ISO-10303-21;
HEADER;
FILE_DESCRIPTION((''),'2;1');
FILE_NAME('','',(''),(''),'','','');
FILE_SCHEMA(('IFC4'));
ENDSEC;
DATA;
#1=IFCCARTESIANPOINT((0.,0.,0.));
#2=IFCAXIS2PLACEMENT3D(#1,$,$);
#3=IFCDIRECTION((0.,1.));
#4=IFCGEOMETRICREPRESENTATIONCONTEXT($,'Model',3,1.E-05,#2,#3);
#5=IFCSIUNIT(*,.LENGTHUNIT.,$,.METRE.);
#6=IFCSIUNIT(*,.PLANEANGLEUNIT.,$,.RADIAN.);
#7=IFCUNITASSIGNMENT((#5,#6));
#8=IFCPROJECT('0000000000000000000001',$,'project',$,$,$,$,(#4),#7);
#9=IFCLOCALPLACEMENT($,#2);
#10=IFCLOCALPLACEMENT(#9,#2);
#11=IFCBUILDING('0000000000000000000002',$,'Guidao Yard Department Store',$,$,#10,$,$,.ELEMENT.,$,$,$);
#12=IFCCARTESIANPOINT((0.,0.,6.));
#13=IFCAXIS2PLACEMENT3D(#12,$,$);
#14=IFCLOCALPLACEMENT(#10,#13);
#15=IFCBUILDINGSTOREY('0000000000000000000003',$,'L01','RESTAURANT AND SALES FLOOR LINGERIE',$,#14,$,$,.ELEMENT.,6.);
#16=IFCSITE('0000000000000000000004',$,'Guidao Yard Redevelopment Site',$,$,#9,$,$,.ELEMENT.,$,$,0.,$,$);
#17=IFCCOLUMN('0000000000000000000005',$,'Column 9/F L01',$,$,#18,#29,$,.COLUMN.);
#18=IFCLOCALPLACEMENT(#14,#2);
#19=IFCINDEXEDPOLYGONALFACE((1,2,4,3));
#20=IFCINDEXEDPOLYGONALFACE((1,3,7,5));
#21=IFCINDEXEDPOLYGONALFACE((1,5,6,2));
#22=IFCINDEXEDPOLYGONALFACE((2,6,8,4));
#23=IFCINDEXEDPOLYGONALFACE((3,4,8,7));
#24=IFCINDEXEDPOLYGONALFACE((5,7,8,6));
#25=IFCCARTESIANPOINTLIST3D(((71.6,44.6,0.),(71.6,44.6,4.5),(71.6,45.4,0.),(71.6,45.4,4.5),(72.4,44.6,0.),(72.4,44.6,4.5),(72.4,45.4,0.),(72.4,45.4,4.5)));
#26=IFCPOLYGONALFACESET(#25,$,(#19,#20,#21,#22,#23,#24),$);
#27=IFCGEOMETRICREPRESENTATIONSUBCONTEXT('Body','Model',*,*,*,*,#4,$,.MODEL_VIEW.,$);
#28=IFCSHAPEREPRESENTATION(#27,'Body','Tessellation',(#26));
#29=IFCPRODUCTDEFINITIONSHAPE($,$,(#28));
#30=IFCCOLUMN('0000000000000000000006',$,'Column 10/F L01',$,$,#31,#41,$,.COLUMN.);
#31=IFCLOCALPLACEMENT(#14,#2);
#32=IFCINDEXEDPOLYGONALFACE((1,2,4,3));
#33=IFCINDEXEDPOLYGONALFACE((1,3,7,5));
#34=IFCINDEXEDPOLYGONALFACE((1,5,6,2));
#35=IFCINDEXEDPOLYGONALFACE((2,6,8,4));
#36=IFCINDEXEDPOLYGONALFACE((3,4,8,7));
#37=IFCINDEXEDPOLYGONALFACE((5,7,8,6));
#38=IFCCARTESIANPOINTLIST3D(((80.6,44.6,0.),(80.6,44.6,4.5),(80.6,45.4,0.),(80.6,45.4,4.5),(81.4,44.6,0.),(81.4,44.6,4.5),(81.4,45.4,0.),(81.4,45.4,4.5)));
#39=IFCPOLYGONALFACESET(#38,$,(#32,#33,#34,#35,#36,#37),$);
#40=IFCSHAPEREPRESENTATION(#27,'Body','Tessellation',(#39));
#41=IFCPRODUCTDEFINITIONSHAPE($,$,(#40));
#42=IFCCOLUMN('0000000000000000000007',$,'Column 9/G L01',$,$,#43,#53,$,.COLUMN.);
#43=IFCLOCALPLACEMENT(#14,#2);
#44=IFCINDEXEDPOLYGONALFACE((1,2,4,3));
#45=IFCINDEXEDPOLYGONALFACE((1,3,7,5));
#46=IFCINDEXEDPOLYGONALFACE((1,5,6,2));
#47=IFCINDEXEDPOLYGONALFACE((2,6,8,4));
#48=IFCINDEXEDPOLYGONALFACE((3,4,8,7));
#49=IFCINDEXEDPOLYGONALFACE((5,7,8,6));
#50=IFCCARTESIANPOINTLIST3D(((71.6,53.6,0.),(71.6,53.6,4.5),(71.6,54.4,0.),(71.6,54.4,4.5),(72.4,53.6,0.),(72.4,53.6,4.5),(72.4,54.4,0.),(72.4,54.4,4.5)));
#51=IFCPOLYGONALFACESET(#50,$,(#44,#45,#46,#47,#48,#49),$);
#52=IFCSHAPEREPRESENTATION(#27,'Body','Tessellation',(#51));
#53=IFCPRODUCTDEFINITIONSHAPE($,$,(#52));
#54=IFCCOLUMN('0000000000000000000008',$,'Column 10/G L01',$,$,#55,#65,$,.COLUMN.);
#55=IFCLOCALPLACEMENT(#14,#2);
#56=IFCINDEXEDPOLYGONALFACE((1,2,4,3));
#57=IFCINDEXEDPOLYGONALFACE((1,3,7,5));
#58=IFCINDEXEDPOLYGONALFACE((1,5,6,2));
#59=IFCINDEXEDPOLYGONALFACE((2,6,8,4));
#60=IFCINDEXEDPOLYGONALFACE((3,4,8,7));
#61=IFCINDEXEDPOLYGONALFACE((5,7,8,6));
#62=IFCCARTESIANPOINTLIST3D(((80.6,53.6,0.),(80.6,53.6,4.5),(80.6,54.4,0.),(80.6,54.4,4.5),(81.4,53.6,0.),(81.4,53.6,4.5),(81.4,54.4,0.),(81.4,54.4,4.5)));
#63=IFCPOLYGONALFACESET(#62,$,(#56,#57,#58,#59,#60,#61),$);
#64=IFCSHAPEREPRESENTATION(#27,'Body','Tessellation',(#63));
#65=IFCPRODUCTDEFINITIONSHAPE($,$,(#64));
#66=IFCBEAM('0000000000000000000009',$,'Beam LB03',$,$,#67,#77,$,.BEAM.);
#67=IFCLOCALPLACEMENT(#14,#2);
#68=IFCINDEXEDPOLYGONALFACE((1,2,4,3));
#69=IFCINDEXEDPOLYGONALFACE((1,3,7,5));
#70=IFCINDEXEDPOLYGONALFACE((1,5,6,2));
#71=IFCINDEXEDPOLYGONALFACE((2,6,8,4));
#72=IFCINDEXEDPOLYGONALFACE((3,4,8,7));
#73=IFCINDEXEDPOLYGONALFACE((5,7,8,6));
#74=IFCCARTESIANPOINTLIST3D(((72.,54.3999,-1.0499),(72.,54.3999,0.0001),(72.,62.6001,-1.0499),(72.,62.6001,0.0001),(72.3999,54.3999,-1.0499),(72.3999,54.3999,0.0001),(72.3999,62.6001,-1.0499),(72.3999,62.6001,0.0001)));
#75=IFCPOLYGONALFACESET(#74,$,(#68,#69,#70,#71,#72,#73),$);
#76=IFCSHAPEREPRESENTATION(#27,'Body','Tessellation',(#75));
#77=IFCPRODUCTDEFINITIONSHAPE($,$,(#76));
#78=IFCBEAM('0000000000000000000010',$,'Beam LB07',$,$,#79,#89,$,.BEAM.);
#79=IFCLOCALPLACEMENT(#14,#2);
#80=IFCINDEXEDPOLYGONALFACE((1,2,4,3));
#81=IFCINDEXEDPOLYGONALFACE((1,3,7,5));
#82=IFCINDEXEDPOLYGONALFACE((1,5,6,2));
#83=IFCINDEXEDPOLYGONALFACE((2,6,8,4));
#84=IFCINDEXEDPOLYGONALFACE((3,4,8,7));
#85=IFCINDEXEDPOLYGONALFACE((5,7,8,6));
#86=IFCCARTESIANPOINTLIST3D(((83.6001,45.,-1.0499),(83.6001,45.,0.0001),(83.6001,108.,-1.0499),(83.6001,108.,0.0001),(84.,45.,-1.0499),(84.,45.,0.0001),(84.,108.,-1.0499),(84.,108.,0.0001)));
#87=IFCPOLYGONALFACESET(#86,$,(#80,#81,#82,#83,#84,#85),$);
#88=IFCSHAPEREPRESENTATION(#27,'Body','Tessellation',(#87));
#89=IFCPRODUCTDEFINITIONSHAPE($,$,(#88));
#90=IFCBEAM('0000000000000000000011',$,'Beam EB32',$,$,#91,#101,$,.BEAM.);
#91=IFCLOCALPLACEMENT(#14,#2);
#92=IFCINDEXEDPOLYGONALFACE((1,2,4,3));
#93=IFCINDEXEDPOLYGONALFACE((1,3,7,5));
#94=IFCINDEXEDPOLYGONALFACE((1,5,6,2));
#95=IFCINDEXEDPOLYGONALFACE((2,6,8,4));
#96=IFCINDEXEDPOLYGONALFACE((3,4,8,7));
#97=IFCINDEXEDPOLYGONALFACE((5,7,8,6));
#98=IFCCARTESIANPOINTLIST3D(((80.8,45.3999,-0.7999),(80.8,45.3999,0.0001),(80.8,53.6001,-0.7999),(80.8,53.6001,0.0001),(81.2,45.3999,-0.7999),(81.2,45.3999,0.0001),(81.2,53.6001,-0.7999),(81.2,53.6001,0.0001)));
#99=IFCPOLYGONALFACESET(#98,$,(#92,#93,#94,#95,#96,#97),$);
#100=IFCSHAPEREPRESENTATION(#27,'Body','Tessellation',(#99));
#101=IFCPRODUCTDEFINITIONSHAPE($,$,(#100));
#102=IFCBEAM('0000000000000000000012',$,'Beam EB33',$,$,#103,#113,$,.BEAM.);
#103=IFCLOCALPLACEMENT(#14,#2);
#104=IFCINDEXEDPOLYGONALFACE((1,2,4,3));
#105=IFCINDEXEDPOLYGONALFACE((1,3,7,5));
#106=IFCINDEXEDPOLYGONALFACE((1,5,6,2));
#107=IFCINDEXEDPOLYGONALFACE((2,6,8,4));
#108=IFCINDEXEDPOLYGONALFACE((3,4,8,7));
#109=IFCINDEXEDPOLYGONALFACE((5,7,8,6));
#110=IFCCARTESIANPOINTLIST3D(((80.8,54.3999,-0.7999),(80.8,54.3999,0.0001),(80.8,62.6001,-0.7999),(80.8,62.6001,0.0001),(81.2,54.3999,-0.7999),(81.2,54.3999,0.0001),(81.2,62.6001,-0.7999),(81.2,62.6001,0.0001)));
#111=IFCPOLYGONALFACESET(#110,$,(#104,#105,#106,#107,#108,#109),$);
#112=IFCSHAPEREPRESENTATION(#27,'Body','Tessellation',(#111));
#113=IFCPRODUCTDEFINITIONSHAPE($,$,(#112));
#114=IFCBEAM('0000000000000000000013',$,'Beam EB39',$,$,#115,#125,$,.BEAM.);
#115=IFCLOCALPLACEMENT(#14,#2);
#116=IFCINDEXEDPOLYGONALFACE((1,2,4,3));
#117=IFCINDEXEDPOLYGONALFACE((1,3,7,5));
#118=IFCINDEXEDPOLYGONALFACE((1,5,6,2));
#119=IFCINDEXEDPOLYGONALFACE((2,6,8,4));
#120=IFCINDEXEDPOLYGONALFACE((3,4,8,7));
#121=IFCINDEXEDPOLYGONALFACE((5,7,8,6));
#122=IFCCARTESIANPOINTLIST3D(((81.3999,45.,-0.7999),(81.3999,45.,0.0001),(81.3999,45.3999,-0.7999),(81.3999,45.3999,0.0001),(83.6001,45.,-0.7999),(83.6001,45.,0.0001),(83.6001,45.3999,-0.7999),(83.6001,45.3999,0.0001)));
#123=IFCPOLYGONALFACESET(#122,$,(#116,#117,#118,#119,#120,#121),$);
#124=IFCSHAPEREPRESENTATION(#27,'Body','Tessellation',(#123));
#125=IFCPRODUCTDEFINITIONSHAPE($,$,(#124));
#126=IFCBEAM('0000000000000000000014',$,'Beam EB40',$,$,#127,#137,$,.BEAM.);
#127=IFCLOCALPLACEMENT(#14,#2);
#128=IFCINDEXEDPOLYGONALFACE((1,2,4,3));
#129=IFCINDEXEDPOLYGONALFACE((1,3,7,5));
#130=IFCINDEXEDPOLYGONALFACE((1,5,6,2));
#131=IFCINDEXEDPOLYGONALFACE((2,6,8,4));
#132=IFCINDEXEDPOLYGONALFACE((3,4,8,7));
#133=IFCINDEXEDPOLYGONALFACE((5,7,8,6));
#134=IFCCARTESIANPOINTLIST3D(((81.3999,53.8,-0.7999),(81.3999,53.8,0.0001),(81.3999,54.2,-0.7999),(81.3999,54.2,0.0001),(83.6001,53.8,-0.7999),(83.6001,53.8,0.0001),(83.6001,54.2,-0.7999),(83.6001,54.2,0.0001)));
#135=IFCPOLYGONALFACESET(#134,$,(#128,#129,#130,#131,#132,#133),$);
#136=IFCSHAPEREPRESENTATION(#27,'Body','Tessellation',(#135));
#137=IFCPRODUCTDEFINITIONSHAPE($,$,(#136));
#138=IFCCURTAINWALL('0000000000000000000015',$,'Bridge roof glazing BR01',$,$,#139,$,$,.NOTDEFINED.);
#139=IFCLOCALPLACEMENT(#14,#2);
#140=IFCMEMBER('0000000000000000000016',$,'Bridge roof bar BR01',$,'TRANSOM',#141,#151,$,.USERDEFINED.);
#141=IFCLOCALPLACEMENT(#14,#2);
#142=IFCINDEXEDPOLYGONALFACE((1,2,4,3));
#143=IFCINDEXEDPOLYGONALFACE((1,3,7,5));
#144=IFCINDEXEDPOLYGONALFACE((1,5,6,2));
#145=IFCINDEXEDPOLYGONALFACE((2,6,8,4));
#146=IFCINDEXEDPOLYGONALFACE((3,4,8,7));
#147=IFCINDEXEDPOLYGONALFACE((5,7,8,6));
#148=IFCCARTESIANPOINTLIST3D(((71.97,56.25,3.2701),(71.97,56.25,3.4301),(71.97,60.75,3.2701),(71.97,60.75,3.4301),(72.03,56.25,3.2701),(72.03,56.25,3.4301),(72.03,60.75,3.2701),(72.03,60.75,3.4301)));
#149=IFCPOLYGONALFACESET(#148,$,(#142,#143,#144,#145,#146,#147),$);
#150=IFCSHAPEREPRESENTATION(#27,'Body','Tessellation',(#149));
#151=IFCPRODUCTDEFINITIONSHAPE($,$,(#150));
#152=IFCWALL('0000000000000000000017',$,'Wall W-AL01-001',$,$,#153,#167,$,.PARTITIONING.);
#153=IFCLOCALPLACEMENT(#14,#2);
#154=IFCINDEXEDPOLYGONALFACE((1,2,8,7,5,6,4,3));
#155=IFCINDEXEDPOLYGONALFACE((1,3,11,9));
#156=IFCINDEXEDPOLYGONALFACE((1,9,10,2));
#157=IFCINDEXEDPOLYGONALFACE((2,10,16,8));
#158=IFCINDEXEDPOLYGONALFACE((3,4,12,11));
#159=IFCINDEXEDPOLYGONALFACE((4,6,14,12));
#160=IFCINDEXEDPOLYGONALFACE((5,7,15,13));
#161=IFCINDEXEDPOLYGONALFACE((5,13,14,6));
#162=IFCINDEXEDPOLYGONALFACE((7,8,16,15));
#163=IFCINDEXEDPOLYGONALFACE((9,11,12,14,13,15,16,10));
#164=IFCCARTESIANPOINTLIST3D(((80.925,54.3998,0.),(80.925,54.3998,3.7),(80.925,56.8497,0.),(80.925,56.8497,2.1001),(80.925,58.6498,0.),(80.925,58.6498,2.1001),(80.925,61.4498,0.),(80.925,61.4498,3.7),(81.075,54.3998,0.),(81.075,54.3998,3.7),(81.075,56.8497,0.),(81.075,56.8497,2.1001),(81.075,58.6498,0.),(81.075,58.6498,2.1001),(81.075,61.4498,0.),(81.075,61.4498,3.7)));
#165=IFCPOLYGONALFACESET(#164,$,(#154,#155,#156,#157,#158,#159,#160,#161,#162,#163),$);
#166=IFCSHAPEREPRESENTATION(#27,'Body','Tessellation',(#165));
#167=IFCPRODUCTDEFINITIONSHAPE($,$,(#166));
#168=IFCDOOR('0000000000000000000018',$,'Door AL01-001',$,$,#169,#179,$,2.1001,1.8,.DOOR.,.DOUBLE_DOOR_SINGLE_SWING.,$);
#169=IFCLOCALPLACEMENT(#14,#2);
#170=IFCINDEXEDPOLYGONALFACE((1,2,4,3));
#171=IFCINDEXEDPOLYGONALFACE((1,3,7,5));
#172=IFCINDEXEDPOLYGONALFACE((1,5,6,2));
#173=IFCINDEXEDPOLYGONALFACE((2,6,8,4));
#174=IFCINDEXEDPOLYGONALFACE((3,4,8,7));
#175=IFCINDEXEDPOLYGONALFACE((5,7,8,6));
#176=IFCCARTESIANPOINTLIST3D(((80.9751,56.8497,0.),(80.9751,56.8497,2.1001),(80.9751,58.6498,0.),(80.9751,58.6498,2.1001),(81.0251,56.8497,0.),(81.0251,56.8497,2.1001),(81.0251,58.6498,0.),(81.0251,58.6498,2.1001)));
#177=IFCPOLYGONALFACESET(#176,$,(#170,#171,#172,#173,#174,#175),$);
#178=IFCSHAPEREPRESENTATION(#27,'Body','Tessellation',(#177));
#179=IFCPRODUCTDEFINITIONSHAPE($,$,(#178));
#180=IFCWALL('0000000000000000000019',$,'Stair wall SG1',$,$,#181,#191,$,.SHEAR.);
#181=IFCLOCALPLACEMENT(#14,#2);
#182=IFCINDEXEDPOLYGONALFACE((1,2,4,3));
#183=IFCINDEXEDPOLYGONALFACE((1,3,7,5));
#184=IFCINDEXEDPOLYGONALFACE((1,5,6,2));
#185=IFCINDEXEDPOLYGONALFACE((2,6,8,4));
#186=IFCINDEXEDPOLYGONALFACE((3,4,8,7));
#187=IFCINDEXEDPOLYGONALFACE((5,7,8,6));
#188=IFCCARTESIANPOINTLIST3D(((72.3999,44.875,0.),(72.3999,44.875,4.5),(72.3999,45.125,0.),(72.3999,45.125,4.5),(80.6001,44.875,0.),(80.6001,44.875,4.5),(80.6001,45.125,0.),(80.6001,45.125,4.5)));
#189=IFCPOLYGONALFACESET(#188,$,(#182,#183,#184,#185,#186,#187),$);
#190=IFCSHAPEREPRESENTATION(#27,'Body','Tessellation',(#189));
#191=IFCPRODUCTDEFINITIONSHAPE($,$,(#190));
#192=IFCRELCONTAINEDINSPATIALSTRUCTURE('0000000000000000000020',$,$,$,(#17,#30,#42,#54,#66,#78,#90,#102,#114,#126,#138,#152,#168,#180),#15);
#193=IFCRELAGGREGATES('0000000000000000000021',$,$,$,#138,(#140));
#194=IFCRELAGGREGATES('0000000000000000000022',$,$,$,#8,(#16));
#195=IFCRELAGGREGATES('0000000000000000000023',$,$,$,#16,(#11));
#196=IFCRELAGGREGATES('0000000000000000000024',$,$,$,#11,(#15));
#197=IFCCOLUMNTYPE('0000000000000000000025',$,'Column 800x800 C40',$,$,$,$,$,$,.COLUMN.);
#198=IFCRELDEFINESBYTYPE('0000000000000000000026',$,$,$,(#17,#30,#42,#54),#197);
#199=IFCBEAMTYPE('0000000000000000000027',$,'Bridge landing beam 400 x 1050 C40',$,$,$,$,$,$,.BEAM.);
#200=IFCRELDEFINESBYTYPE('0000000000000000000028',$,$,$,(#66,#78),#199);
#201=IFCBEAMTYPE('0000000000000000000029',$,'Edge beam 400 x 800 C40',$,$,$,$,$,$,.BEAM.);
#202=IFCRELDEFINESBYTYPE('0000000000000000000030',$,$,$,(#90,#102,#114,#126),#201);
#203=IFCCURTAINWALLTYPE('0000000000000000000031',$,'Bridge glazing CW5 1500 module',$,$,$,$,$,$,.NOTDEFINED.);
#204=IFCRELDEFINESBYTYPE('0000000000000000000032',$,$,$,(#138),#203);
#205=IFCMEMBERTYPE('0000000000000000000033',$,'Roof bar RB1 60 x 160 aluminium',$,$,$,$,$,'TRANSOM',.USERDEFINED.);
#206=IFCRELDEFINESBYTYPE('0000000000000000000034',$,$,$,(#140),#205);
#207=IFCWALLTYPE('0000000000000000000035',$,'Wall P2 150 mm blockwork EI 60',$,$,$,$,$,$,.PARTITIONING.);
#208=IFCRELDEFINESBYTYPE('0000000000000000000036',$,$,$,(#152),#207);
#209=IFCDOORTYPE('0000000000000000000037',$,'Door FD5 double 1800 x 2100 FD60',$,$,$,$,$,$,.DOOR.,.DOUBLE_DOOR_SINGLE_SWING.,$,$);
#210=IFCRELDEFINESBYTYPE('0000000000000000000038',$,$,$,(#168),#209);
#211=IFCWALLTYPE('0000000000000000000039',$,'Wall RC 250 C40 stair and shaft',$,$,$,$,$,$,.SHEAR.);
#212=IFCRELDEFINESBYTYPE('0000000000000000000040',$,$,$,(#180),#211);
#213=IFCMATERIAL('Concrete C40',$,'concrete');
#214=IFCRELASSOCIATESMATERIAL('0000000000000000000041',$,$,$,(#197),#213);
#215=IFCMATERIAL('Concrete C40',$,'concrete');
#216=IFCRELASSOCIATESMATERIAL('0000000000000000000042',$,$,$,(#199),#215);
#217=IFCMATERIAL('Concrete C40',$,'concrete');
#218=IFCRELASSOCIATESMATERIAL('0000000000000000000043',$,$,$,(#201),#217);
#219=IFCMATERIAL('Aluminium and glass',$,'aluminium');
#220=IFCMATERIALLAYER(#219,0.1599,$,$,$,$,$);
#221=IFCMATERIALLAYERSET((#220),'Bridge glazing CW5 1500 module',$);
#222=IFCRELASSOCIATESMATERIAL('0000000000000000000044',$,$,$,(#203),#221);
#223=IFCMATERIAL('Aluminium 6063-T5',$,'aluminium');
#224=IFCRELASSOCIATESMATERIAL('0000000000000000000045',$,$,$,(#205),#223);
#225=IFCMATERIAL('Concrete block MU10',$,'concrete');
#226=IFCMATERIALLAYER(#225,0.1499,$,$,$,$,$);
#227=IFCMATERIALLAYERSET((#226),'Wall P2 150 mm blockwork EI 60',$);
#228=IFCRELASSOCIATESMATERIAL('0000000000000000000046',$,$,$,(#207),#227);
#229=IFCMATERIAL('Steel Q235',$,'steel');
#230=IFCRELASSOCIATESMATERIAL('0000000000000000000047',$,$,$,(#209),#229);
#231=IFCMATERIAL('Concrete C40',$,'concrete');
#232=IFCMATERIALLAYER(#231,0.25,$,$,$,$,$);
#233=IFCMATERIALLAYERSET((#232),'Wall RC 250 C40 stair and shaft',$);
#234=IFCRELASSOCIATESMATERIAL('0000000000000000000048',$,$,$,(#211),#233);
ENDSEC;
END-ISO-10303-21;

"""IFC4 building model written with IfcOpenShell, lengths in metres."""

from ifc_helpers import new_model, si_unit, direction, frame, frame_2d, origin, origin_2d, place, context, subcontext, project, spatial, rectangle, extrude, material, layer, layer_set, material_profile, profile_set, type_object, element, fill, aggregate, save


model = new_model("IFC4")

# Units and contexts
model_context = context("Model", 3, precision=1e-05, world=origin(), true_north=direction((0.0, 1.0)))
body_context = subcontext(model_context, "Body", "Model", "MODEL_VIEW")
ifc_project = project(units=[si_unit("LENGTHUNIT", "METRE"), si_unit("PLANEANGLEUNIT", "RADIAN")], contexts=[model_context])

# Site, building, storey
site_placement = place(None, origin())
site = spatial("IfcSite", under=ifc_project, at=site_placement, Name="Guidao Yard Redevelopment Site", CompositionType="ELEMENT", RefElevation=0.0)
building_placement = place(site_placement, origin())
building = spatial("IfcBuilding", under=site, at=building_placement, Name="Guidao Yard Department Store", CompositionType="ELEMENT")
storey_placement = place(building_placement, frame((0.0, 0.0, 6.0)))
storey = spatial("IfcBuildingStorey", under=building, at=storey_placement, Name="L01", Description="RESTAURANT AND SALES FLOOR LINGERIE", CompositionType="ELEMENT", Elevation=6.0)

# Columns
ifc_material_1 = material(Name="Concrete C40", Category="concrete")
ifc_material_profile_1 = material_profile(ifc_material_1, rectangle(XDim=0.8, YDim=0.8, at=origin_2d()), Name="COL 800x800")
ifc_profile_set_1 = profile_set([ifc_material_profile_1], Name="Concrete C40")
column_type = type_object("IfcColumnType", Name="Column 800x800 C40", PredefinedType="COLUMN", material=ifc_profile_set_1)
for number, where, z_axis, x_axis, name in (
    (1, (72.0, 45.0, 0.0), (0.0, 0.0, 1.0), (1.0, 0.0, 0.0), "Column 9/F L01"),
    (2, (81.0, 45.0, 0.0), (0.0, 0.0, 1.0), (1.0, 0.0, 0.0), "Column 10/F L01"),
    (3, (72.0, 54.0, 0.0), (0.0, 0.0, 1.0), (1.0, 0.0, 0.0), "Column 9/G L01"),
    (4, (81.0, 54.0, 0.0), (0.0, 0.0, 1.0), (1.0, 0.0, 0.0), "Column 10/G L01"),
):
    element("IfcColumn", number, at=place(storey_placement, frame(where, z_axis=z_axis, x_axis=x_axis)), inside=storey, type_object=column_type, Name=name, PredefinedType="COLUMN", context=body_context, shape_type="SweptSolid", body=[
        extrude(rectangle(XDim=0.8, YDim=0.8, at=origin_2d()), origin(), (0.0, 0.0, 1.0), 4.5),
    ])

# Beams
ifc_material_2 = material(Name="Concrete C40", Category="concrete")
ifc_material_profile_2 = material_profile(ifc_material_2, rectangle(XDim=0.3999, YDim=1.05, at=origin_2d()), Name="Bridge landing beam 400 x 1050 C40")
ifc_profile_set_2 = profile_set([ifc_material_profile_2], Name="Concrete C40")
beam_type_1 = type_object("IfcBeamType", Name="Bridge landing beam 400 x 1050 C40", PredefinedType="BEAM", material=ifc_profile_set_2)
beam_1_placement = place(storey_placement, frame((72.2, 54.3999, -0.5249), z_axis=(0.0, 1.0, 0.0), x_axis=(-1.0, 0.0, 0.0)))
element("IfcBeam", 5, at=beam_1_placement, inside=storey, type_object=beam_type_1, Name="Beam LB03", PredefinedType="BEAM", context=body_context, shape_type="SweptSolid", body=[
    extrude(rectangle(XDim=0.3999, YDim=1.05, at=origin_2d()), origin(), (0.0, 0.0, 1.0), 8.2002),
])
beam_2_placement = place(storey_placement, frame((83.8, 45.0, -0.5249), z_axis=(0.0, 1.0, 0.0), x_axis=(-1.0, 0.0, 0.0)))
element("IfcBeam", 6, at=beam_2_placement, inside=storey, type_object=beam_type_1, Name="Beam LB07", PredefinedType="BEAM", context=body_context, shape_type="SweptSolid", body=[
    extrude(rectangle(XDim=0.3999, YDim=1.05, at=origin_2d()), origin(), (0.0, 0.0, 1.0), 63.0),
])
ifc_material_3 = material(Name="Concrete C40", Category="concrete")
ifc_material_profile_3 = material_profile(ifc_material_3, rectangle(XDim=0.3999, YDim=0.8, at=origin_2d()), Name="Edge beam 400 x 800 C40")
ifc_profile_set_3 = profile_set([ifc_material_profile_3], Name="Concrete C40")
beam_type_2 = type_object("IfcBeamType", Name="Edge beam 400 x 800 C40", PredefinedType="BEAM", material=ifc_profile_set_3)
for number, where, z_axis, x_axis, name in (
    (7, (81.0, 45.3999, -0.3999), (0.0, 1.0, 0.0), (-1.0, 0.0, 0.0), "Beam EB32"),
    (8, (81.0, 54.3999, -0.3999), (0.0, 1.0, 0.0), (-1.0, 0.0, 0.0), "Beam EB33"),
):
    element("IfcBeam", number, at=place(storey_placement, frame(where, z_axis=z_axis, x_axis=x_axis)), inside=storey, type_object=beam_type_2, Name=name, PredefinedType="BEAM", context=body_context, shape_type="SweptSolid", body=[
        extrude(rectangle(XDim=0.3999, YDim=0.8, at=origin_2d()), origin(), (0.0, 0.0, 1.0), 8.2002),
    ])
for number, where, z_axis, x_axis, name in (
    (9, (81.3999, 45.2, -0.3999), (1.0, 0.0, 0.0), (0.0, 1.0, 0.0), "Beam EB39"),
    (10, (81.3999, 54.0, -0.3999), (1.0, 0.0, 0.0), (0.0, 1.0, 0.0), "Beam EB40"),
):
    element("IfcBeam", number, at=place(storey_placement, frame(where, z_axis=z_axis, x_axis=x_axis)), inside=storey, type_object=beam_type_2, Name=name, PredefinedType="BEAM", context=body_context, shape_type="SweptSolid", body=[
        extrude(rectangle(XDim=0.3999, YDim=0.8, at=origin_2d()), origin(), (0.0, 0.0, 1.0), 2.2002),
    ])

# Curtain wall, member
ifc_material_4 = material(Name="Aluminium and glass", Category="aluminium")
ifc_layer_1 = layer(ifc_material_4, 0.1599)
ifc_layer_set_1 = layer_set([ifc_layer_1], Name="Bridge glazing CW5 1500 module")
curtain_wall_type = type_object("IfcCurtainWallType", Name="Bridge glazing CW5 1500 module", PredefinedType="NOTDEFINED", material=ifc_layer_set_1)
curtain_wall_placement = place(storey_placement, origin())
curtain_wall = element("IfcCurtainWall", 11, at=curtain_wall_placement, inside=storey, type_object=curtain_wall_type, Name="Bridge roof glazing BR01", PredefinedType="NOTDEFINED")
ifc_material_5 = material(Name="Aluminium 6063-T5", Category="aluminium")
ifc_material_profile_4 = material_profile(ifc_material_5, rectangle(XDim=0.0601, YDim=0.1599, at=origin_2d()), Name="Roof bar RB1 60 x 160 aluminium")
ifc_profile_set_4 = profile_set([ifc_material_profile_4], Name="Aluminium 6063-T5")
member_type = type_object("IfcMemberType", Name="Roof bar RB1 60 x 160 aluminium", ElementType="TRANSOM", PredefinedType="USERDEFINED", material=ifc_profile_set_4)
member_placement = place(storey_placement, frame((72.0, 56.25, 3.3501), z_axis=(0.0, 1.0, 0.0), x_axis=(-1.0, 0.0, 0.0)))
member = element("IfcMember", 12, at=member_placement, type_object=member_type, Name="Bridge roof bar BR01", ObjectType="TRANSOM", PredefinedType="USERDEFINED", context=body_context, shape_type="SweptSolid", body=[
    extrude(rectangle(XDim=0.0601, YDim=0.1599, at=origin_2d()), origin(), (0.0, 0.0, 1.0), 4.5),
])
aggregate(curtain_wall, [member])

# Wall, opening, door
ifc_material_6 = material(Name="Concrete block MU10", Category="concrete")
ifc_layer_2 = layer(ifc_material_6, 0.1499)
ifc_layer_set_2 = layer_set([ifc_layer_2], Name="Wall P2 150 mm blockwork EI 60")
wall_type_1 = type_object("IfcWallType", Name="Wall P2 150 mm blockwork EI 60", PredefinedType="PARTITIONING", material=ifc_layer_set_2)
wall_1_placement = place(storey_placement, frame((81.0, 54.3999, 0.0), z_axis=(0.0, 0.0, 1.0), x_axis=(0.0, 1.0, 0.0)))
wall_1 = element("IfcWall", 13, at=wall_1_placement, inside=storey, type_object=wall_type_1, Name="Wall W-AL01-001", PredefinedType="PARTITIONING", context=body_context, shape_type="SweptSolid", body=[
    extrude(rectangle(XDim=7.05, YDim=0.1499, at=frame_2d((3.5249, 0.0))), origin(), (0.0, 0.0, 1.0), 3.7),
])
opening_1_placement = place(wall_1_placement, frame((2.45, 0.0, 0.0)))
opening_1 = element("IfcOpeningElement", 14, at=opening_1_placement, cuts=wall_1, PredefinedType="OPENING", context=body_context, shape_type="SweptSolid", body=[
    extrude(rectangle(XDim=1.8, YDim=2.1001, at=frame_2d((0.8999, 1.05))), frame((0.0, 0.085, 0.0), z_axis=(0.0, -1.0, 0.0), x_axis=(1.0, 0.0, 0.0)), (0.0, 0.0, 1.0), 0.1699),
])
ifc_material_7 = material(Name="Steel Q235", Category="steel")
door_type_1 = type_object("IfcDoorType", Name="Door FD5 double 1800 x 2100 FD60", OperationType="DOUBLE_DOOR_SINGLE_SWING", PredefinedType="DOOR", material=ifc_material_7)
door_1_placement = place(opening_1_placement, origin())
door_1 = element("IfcDoor", 15, at=door_1_placement, inside=storey, type_object=door_type_1, Name="Door AL01-001", OperationType="DOUBLE_DOOR_SINGLE_SWING", OverallHeight=2.1001, OverallWidth=1.8, PredefinedType="DOOR", context=body_context, shape_type="SweptSolid", body=[
    extrude(rectangle(XDim=1.8, YDim=2.1001, at=frame_2d((0.8999, 1.05))), frame((0.0, 0.0249, 0.0), z_axis=(0.0, -1.0, 0.0), x_axis=(1.0, 0.0, 0.0)), (0.0, 0.0, 1.0), 0.05),
])
fill(opening_1, door_1)

# Wall
ifc_material_8 = material(Name="Concrete C40", Category="concrete")
ifc_layer_3 = layer(ifc_material_8, 0.25)
ifc_layer_set_3 = layer_set([ifc_layer_3], Name="Wall RC 250 C40 stair and shaft")
wall_type_2 = type_object("IfcWallType", Name="Wall RC 250 C40 stair and shaft", PredefinedType="SHEAR", material=ifc_layer_set_3)
wall_2_placement = place(storey_placement, frame((72.3999, 45.0, 0.0), z_axis=(0.0, 0.0, 1.0), x_axis=(1.0, 0.0, 0.0)))
element("IfcWall", 16, at=wall_2_placement, inside=storey, type_object=wall_type_2, Name="Stair wall SG1", PredefinedType="SHEAR", context=body_context, shape_type="SweptSolid", body=[
    extrude(rectangle(XDim=8.2002, YDim=0.25, at=frame_2d((4.1001, 0.0))), origin(), (0.0, 0.0, 1.0), 4.5),
])

save(model, "model.ifc")
